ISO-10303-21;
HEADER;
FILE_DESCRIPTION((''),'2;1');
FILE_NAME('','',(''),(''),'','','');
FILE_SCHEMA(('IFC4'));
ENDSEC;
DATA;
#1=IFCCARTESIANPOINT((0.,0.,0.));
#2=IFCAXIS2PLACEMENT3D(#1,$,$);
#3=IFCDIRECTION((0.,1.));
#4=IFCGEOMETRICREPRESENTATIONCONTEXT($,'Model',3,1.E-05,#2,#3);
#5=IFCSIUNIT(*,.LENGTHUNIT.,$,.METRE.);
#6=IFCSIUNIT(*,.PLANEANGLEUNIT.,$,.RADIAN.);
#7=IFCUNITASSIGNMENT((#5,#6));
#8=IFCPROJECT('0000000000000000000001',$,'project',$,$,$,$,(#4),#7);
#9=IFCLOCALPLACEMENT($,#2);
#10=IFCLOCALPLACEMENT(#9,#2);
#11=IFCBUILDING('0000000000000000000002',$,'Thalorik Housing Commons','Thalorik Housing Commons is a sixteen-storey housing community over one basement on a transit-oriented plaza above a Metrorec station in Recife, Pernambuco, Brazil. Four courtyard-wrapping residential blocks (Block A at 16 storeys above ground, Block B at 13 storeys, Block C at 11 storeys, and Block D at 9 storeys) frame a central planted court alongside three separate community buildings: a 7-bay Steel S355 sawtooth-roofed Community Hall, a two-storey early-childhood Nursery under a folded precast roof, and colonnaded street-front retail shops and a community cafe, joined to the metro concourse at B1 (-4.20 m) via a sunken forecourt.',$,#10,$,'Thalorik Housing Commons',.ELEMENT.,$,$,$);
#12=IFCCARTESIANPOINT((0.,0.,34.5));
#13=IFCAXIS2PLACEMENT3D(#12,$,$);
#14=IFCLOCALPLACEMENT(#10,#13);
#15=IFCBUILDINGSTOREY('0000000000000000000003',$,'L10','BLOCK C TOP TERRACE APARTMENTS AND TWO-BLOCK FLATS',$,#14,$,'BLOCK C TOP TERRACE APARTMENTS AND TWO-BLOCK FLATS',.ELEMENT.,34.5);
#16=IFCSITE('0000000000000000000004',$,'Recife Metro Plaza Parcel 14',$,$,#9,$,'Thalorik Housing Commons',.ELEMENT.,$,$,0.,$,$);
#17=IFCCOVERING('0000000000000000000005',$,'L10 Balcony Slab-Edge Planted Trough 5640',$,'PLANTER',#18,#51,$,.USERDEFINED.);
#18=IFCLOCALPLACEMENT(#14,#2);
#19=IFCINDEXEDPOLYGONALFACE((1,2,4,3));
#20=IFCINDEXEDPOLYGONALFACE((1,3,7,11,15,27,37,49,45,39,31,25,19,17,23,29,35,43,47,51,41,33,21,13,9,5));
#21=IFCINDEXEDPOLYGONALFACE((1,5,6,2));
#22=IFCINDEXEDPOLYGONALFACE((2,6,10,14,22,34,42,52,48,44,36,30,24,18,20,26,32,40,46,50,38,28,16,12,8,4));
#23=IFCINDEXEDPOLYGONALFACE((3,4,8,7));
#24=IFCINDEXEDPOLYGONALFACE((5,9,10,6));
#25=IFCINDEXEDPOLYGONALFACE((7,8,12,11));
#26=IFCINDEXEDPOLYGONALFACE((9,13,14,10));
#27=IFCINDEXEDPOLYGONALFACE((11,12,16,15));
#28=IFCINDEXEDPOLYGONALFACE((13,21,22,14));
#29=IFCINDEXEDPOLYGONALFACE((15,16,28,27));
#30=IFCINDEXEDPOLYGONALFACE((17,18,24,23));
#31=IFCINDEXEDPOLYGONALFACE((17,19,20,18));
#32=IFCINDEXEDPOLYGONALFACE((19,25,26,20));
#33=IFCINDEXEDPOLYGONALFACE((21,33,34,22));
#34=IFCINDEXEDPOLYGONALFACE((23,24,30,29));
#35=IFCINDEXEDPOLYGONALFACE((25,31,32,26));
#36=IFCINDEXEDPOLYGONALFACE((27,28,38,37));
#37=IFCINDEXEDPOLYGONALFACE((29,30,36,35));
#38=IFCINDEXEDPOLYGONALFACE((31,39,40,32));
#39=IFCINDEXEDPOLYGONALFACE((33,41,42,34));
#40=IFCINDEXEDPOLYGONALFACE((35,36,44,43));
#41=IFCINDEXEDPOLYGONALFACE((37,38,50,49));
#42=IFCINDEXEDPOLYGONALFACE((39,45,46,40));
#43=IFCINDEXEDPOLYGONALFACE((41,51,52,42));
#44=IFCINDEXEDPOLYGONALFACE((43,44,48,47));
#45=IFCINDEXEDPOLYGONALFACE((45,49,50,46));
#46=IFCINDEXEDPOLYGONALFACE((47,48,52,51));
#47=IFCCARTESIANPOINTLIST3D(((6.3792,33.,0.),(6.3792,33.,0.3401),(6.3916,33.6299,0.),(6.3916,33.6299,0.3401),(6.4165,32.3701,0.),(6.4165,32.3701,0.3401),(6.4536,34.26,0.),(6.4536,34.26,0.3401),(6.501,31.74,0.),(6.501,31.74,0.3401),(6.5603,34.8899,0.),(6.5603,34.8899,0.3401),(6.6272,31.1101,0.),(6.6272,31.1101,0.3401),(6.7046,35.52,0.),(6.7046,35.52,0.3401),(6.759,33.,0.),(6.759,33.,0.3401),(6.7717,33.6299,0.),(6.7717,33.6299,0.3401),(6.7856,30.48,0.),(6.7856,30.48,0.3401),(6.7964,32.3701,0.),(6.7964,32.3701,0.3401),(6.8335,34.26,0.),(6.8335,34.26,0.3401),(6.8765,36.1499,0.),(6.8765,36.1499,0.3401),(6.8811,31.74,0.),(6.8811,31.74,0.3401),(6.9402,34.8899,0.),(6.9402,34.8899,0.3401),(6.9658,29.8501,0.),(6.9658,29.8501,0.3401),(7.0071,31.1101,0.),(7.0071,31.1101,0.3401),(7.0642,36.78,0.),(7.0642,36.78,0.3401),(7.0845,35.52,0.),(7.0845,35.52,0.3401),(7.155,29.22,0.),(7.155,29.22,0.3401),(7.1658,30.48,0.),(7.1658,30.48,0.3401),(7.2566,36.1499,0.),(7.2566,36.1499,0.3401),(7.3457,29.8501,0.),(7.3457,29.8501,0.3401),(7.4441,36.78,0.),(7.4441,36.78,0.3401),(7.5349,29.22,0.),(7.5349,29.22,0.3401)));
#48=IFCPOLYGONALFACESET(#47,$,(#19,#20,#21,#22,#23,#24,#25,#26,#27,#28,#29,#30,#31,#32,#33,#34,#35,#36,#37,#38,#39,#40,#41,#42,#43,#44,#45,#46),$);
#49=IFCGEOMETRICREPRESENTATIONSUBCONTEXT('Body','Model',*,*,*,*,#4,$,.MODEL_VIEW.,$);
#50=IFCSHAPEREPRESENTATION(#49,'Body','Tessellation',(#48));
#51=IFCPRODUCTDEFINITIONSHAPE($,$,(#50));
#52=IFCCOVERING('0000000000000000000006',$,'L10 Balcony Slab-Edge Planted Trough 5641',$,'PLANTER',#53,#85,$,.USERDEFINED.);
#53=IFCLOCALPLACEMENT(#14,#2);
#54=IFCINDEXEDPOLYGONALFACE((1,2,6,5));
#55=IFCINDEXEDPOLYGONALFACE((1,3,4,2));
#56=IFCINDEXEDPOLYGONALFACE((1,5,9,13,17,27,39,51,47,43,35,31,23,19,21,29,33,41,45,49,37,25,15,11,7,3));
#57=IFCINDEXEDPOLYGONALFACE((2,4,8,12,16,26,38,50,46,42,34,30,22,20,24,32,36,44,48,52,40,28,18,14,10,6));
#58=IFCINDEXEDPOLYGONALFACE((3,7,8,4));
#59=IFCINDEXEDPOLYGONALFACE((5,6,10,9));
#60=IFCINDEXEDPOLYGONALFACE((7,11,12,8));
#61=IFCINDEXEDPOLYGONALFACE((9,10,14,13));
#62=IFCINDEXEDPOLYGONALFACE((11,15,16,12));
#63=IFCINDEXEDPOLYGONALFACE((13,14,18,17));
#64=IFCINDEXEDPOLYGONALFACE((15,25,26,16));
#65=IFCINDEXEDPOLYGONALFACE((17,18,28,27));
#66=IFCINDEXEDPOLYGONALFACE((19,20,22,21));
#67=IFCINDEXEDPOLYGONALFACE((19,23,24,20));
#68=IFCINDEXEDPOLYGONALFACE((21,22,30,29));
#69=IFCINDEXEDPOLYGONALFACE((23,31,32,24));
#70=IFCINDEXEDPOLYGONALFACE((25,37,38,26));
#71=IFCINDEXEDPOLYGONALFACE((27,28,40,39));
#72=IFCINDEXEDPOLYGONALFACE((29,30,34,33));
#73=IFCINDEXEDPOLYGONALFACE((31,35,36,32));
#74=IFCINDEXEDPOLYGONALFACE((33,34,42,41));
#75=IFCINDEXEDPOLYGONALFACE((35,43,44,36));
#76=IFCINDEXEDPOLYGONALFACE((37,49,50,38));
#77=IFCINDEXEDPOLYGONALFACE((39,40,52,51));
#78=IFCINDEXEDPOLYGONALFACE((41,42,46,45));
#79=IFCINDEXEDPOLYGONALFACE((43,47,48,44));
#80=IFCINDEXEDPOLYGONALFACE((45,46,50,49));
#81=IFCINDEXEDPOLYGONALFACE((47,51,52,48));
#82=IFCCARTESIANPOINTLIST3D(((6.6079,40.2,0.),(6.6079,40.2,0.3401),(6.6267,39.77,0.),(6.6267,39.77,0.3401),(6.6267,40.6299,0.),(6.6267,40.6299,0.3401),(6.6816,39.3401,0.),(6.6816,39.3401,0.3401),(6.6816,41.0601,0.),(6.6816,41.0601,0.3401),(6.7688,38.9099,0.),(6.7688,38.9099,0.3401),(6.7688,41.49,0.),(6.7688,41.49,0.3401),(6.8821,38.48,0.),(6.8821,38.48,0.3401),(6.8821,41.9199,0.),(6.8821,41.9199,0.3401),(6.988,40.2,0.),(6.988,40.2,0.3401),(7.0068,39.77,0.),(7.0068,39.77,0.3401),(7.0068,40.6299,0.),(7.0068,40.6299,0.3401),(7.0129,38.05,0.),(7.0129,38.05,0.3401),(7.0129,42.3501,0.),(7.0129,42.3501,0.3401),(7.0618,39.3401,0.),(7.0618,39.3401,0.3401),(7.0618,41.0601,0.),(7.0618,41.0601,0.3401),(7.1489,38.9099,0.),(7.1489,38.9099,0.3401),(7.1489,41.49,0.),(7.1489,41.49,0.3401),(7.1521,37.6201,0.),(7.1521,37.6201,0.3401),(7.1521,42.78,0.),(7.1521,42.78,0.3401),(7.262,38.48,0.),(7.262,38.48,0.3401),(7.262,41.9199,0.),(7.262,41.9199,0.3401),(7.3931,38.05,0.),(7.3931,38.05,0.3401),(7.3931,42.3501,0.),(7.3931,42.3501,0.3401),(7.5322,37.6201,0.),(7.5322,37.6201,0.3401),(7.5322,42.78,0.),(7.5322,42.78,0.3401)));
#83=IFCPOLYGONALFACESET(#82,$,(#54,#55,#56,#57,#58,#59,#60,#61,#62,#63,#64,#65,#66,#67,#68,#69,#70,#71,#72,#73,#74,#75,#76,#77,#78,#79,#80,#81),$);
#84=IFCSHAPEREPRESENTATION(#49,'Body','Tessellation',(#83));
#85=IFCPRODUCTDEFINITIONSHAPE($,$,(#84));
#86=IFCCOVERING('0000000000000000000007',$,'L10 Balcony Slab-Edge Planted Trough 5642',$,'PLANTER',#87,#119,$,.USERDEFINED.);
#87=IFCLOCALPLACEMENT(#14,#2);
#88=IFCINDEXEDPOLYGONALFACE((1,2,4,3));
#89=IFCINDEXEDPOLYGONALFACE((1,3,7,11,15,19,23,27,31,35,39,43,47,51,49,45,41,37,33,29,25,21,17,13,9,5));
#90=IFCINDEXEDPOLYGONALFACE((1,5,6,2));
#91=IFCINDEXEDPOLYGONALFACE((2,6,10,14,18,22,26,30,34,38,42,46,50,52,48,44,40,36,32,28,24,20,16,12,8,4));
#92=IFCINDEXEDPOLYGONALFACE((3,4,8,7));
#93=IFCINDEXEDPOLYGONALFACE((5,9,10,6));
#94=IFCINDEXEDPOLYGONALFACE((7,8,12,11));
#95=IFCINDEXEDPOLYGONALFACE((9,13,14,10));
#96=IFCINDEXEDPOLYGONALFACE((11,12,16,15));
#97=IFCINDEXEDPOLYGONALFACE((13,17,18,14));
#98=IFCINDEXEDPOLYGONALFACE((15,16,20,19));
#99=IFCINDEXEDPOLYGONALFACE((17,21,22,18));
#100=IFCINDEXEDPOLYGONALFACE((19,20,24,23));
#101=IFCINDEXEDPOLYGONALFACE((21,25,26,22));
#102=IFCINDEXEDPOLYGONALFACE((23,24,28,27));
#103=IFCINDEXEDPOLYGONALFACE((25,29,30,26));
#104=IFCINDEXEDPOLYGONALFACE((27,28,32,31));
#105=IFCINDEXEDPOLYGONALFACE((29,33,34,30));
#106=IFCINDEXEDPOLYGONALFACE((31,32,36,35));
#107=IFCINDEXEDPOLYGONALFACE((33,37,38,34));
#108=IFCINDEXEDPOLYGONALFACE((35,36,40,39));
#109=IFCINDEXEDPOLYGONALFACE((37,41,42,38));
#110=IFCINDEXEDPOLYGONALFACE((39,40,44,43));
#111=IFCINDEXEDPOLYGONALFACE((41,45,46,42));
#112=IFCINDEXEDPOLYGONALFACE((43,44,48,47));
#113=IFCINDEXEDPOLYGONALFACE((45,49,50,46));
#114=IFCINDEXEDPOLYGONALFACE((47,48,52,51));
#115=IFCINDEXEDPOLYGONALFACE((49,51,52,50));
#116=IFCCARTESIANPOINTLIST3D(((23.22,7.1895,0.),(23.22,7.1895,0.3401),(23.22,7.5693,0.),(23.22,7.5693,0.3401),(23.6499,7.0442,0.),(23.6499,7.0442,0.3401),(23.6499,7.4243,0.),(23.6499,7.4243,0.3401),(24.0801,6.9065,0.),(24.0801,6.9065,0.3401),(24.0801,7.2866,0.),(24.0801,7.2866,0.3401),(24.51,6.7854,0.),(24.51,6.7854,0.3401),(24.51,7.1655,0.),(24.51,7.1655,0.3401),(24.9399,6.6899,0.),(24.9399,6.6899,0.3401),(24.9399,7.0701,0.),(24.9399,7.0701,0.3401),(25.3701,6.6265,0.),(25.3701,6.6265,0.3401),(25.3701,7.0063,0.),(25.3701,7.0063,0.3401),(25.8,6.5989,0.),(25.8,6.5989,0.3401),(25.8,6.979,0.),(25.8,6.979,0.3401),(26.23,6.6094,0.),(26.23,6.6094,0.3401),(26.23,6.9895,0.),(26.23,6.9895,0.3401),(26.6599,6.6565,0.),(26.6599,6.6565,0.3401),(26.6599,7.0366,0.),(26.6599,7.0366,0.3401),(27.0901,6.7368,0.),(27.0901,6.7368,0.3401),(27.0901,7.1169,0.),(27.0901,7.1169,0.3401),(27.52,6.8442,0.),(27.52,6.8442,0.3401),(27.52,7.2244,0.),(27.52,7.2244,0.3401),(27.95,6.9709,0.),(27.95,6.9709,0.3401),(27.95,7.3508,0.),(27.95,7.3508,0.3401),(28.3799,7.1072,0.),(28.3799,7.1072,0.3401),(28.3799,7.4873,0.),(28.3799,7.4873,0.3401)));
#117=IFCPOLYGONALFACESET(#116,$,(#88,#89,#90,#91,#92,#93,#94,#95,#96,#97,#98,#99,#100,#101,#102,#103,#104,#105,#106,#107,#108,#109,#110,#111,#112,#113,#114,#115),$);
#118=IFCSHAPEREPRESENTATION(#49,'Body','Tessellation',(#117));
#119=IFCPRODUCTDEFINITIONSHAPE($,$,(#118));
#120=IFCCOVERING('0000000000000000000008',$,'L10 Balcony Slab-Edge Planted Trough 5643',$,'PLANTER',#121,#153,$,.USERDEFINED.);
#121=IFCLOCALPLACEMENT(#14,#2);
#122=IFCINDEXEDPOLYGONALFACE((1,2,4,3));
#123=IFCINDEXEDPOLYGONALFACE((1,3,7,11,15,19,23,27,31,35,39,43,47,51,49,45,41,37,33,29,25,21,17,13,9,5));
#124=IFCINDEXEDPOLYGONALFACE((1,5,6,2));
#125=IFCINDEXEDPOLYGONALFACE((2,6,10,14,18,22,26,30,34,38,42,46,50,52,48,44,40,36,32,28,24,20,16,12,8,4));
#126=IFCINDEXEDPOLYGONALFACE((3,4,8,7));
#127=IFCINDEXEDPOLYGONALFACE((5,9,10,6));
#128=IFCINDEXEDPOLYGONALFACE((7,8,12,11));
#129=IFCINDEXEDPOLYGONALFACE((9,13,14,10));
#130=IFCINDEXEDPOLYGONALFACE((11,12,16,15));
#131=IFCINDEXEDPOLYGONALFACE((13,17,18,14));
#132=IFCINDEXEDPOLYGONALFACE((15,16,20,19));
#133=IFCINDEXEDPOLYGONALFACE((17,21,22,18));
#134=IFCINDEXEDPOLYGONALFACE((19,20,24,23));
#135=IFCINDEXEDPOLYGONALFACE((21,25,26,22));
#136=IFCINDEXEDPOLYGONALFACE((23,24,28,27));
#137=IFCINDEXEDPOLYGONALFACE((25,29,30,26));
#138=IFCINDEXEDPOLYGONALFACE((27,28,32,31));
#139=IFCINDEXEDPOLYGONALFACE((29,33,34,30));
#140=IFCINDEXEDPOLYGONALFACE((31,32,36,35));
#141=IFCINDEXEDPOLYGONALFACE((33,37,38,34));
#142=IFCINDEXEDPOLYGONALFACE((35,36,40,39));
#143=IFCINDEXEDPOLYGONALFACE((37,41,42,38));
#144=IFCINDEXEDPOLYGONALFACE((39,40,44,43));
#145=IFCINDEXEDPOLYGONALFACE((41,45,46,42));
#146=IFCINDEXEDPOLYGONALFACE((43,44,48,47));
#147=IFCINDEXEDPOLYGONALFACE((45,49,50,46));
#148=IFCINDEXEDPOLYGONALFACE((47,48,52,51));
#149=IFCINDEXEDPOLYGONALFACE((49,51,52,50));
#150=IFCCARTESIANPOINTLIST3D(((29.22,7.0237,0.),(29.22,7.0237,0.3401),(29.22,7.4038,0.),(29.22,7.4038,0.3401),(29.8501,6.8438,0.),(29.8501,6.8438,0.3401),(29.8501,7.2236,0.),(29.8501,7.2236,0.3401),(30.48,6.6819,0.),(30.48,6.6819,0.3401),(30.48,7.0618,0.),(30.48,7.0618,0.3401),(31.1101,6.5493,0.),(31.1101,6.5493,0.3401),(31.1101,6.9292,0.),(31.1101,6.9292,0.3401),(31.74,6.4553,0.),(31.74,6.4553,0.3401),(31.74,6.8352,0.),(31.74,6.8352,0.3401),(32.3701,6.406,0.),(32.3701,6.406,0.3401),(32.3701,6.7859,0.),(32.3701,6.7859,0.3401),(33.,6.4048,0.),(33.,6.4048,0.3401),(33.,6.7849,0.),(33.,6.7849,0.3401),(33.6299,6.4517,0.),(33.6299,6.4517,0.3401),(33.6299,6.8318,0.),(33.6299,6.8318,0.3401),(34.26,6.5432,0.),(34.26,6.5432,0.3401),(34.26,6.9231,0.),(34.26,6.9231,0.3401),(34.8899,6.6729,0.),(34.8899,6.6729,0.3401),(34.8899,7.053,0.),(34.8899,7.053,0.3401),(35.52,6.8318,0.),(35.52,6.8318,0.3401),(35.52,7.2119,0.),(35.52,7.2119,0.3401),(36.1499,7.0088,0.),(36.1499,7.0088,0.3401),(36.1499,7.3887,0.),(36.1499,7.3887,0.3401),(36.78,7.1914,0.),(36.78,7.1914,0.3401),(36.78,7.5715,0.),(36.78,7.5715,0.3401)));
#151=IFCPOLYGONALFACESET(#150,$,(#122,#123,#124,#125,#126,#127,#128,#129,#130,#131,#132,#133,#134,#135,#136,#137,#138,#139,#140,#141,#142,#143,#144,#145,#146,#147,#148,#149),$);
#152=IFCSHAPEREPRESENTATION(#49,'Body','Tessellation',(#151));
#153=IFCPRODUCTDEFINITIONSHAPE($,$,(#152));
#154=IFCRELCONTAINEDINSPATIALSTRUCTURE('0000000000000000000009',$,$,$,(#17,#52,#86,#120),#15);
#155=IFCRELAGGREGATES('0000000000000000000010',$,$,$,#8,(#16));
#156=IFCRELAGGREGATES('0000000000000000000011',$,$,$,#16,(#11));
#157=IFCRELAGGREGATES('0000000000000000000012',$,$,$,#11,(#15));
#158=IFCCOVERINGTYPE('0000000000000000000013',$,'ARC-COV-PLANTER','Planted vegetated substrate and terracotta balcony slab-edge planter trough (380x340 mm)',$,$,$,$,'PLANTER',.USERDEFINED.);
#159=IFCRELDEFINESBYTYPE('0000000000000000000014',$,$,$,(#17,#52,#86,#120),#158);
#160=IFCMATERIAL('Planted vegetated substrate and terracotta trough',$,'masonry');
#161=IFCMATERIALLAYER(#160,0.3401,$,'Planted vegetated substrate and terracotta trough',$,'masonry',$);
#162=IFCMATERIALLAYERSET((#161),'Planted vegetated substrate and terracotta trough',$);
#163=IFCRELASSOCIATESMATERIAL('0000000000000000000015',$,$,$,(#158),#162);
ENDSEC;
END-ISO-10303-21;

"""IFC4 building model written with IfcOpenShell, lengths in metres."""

from ifc_helpers import new_model, si_unit, direction, frame, origin, place, context, subcontext, project, spatial, polyline, outline, extrude, material, layer, layer_set, type_object, element, save


model = new_model("IFC4")

# Units and contexts
model_context = context("Model", 3, precision=1e-05, world=origin(), true_north=direction((0.0, 1.0)))
body_context = subcontext(model_context, "Body", "Model", "MODEL_VIEW")
ifc_project = project(units=[si_unit("LENGTHUNIT", "METRE"), si_unit("PLANEANGLEUNIT", "RADIAN")], contexts=[model_context])

# Site, building, storey
site_placement = place(None, origin())
site = spatial("IfcSite", under=ifc_project, at=site_placement, Name="Recife Metro Plaza Parcel 14", LongName="Thalorik Housing Commons", CompositionType="ELEMENT", RefElevation=0.0)
building_placement = place(site_placement, origin())
building = spatial("IfcBuilding", under=site, at=building_placement, Name="Thalorik Housing Commons", Description="Thalorik Housing Commons is a sixteen-storey housing community over one basement on a transit-oriented plaza above a Metrorec station in Recife, Pernambuco, Brazil. Four courtyard-wrapping residential blocks (Block A at 16 storeys above ground, Block B at 13 storeys, Block C at 11 storeys, and Block D at 9 storeys) frame a central planted court alongside three separate community buildings: a 7-bay Steel S355 sawtooth-roofed Community Hall, a two-storey early-childhood Nursery under a folded precast roof, and colonnaded street-front retail shops and a community cafe, joined to the metro concourse at B1 (-4.20 m) via a sunken forecourt.", LongName="Thalorik Housing Commons", CompositionType="ELEMENT")
storey_placement = place(building_placement, frame((0.0, 0.0, 34.5)))
storey = spatial("IfcBuildingStorey", under=building, at=storey_placement, Name="L10", Description="BLOCK C TOP TERRACE APARTMENTS AND TWO-BLOCK FLATS", LongName="BLOCK C TOP TERRACE APARTMENTS AND TWO-BLOCK FLATS", CompositionType="ELEMENT", Elevation=34.5)

# Coverings
ifc_material_1 = material(Name="Planted vegetated substrate and terracotta trough", Category="masonry")
ifc_layer_1 = layer(ifc_material_1, 0.3401, Name="Planted vegetated substrate and terracotta trough", Category="masonry")
ifc_layer_set_1 = layer_set([ifc_layer_1], Name="Planted vegetated substrate and terracotta trough")
covering_type_1 = type_object("IfcCoveringType", Name="ARC-COV-PLANTER", Description="Planted vegetated substrate and terracotta balcony slab-edge planter trough (380x340 mm)", ElementType="PLANTER", PredefinedType="USERDEFINED", material=ifc_layer_set_1)
covering_1_placement = place(storey_placement, origin())
element("IfcCovering", 1, at=covering_1_placement, inside=storey, type_object=covering_type_1, Name="L10 Balcony Slab-Edge Planted Trough 5640", ObjectType="PLANTER", PredefinedType="USERDEFINED", context=body_context, shape_type="SweptSolid", body=[
    extrude(outline(polyline([(7.0642, 36.78), (6.8765, 36.1499), (6.7046, 35.52), (6.5603, 34.8899), (6.4536, 34.26), (6.3916, 33.6299), (6.3792, 33.0), (6.4165, 32.3701), (6.501, 31.74), (6.6272, 31.1101), (6.7856, 30.48), (6.9658, 29.8501), (7.155, 29.22), (7.5349, 29.22), (7.3457, 29.8501), (7.1658, 30.48), (7.0071, 31.1101), (6.8811, 31.74), (6.7964, 32.3701), (6.759, 33.0), (6.7717, 33.6299), (6.8335, 34.26), (6.9402, 34.8899), (7.0845, 35.52), (7.2566, 36.1499), (7.4441, 36.78), (7.0642, 36.78)])), origin(), (0.0, 0.0, 1.0), 0.3401),
])
covering_2_placement = place(storey_placement, origin())
element("IfcCovering", 2, at=covering_2_placement, inside=storey, type_object=covering_type_1, Name="L10 Balcony Slab-Edge Planted Trough 5641", ObjectType="PLANTER", PredefinedType="USERDEFINED", context=body_context, shape_type="SweptSolid", body=[
    extrude(outline(polyline([(7.1521, 42.78), (7.0129, 42.3501), (6.8821, 41.9199), (6.7688, 41.49), (6.6816, 41.0601), (6.6267, 40.6299), (6.6079, 40.2), (6.6267, 39.77), (6.6816, 39.3401), (6.7688, 38.9099), (6.8821, 38.48), (7.0129, 38.05), (7.1521, 37.6201), (7.5322, 37.6201), (7.3931, 38.05), (7.262, 38.48), (7.1489, 38.9099), (7.0618, 39.3401), (7.0068, 39.77), (6.988, 40.2), (7.0068, 40.6299), (7.0618, 41.0601), (7.1489, 41.49), (7.262, 41.9199), (7.3931, 42.3501), (7.5322, 42.78), (7.1521, 42.78)])), origin(), (0.0, 0.0, 1.0), 0.3401),
])
covering_3_placement = place(storey_placement, origin())
element("IfcCovering", 3, at=covering_3_placement, inside=storey, type_object=covering_type_1, Name="L10 Balcony Slab-Edge Planted Trough 5642", ObjectType="PLANTER", PredefinedType="USERDEFINED", context=body_context, shape_type="SweptSolid", body=[
    extrude(outline(polyline([(23.22, 7.1895), (23.6499, 7.0442), (24.0801, 6.9065), (24.51, 6.7854), (24.9399, 6.6899), (25.3701, 6.6265), (25.8, 6.5989), (26.23, 6.6094), (26.6599, 6.6565), (27.0901, 6.7368), (27.52, 6.8442), (27.95, 6.9709), (28.3799, 7.1072), (28.3799, 7.4873), (27.95, 7.3508), (27.52, 7.2244), (27.0901, 7.1169), (26.6599, 7.0366), (26.23, 6.9895), (25.8, 6.979), (25.3701, 7.0063), (24.9399, 7.0701), (24.51, 7.1655), (24.0801, 7.2866), (23.6499, 7.4243), (23.22, 7.5693), (23.22, 7.1895)])), origin(), (0.0, 0.0, 1.0), 0.3401),
])
covering_4_placement = place(storey_placement, origin())
element("IfcCovering", 4, at=covering_4_placement, inside=storey, type_object=covering_type_1, Name="L10 Balcony Slab-Edge Planted Trough 5643", ObjectType="PLANTER", PredefinedType="USERDEFINED", context=body_context, shape_type="SweptSolid", body=[
    extrude(outline(polyline([(29.22, 7.0237), (29.8501, 6.8438), (30.48, 6.6819), (31.1101, 6.5493), (31.74, 6.4553), (32.3701, 6.406), (33.0, 6.4048), (33.6299, 6.4517), (34.26, 6.5432), (34.8899, 6.6729), (35.52, 6.8318), (36.1499, 7.0088), (36.78, 7.1914), (36.78, 7.5715), (36.1499, 7.3887), (35.52, 7.2119), (34.8899, 7.053), (34.26, 6.9231), (33.6299, 6.8318), (33.0, 6.7849), (32.3701, 6.7859), (31.74, 6.8352), (31.1101, 6.9292), (30.48, 7.0618), (29.8501, 7.2236), (29.22, 7.4038), (29.22, 7.0237)])), origin(), (0.0, 0.0, 1.0), 0.3401),
])

save(model, "model.ifc")
